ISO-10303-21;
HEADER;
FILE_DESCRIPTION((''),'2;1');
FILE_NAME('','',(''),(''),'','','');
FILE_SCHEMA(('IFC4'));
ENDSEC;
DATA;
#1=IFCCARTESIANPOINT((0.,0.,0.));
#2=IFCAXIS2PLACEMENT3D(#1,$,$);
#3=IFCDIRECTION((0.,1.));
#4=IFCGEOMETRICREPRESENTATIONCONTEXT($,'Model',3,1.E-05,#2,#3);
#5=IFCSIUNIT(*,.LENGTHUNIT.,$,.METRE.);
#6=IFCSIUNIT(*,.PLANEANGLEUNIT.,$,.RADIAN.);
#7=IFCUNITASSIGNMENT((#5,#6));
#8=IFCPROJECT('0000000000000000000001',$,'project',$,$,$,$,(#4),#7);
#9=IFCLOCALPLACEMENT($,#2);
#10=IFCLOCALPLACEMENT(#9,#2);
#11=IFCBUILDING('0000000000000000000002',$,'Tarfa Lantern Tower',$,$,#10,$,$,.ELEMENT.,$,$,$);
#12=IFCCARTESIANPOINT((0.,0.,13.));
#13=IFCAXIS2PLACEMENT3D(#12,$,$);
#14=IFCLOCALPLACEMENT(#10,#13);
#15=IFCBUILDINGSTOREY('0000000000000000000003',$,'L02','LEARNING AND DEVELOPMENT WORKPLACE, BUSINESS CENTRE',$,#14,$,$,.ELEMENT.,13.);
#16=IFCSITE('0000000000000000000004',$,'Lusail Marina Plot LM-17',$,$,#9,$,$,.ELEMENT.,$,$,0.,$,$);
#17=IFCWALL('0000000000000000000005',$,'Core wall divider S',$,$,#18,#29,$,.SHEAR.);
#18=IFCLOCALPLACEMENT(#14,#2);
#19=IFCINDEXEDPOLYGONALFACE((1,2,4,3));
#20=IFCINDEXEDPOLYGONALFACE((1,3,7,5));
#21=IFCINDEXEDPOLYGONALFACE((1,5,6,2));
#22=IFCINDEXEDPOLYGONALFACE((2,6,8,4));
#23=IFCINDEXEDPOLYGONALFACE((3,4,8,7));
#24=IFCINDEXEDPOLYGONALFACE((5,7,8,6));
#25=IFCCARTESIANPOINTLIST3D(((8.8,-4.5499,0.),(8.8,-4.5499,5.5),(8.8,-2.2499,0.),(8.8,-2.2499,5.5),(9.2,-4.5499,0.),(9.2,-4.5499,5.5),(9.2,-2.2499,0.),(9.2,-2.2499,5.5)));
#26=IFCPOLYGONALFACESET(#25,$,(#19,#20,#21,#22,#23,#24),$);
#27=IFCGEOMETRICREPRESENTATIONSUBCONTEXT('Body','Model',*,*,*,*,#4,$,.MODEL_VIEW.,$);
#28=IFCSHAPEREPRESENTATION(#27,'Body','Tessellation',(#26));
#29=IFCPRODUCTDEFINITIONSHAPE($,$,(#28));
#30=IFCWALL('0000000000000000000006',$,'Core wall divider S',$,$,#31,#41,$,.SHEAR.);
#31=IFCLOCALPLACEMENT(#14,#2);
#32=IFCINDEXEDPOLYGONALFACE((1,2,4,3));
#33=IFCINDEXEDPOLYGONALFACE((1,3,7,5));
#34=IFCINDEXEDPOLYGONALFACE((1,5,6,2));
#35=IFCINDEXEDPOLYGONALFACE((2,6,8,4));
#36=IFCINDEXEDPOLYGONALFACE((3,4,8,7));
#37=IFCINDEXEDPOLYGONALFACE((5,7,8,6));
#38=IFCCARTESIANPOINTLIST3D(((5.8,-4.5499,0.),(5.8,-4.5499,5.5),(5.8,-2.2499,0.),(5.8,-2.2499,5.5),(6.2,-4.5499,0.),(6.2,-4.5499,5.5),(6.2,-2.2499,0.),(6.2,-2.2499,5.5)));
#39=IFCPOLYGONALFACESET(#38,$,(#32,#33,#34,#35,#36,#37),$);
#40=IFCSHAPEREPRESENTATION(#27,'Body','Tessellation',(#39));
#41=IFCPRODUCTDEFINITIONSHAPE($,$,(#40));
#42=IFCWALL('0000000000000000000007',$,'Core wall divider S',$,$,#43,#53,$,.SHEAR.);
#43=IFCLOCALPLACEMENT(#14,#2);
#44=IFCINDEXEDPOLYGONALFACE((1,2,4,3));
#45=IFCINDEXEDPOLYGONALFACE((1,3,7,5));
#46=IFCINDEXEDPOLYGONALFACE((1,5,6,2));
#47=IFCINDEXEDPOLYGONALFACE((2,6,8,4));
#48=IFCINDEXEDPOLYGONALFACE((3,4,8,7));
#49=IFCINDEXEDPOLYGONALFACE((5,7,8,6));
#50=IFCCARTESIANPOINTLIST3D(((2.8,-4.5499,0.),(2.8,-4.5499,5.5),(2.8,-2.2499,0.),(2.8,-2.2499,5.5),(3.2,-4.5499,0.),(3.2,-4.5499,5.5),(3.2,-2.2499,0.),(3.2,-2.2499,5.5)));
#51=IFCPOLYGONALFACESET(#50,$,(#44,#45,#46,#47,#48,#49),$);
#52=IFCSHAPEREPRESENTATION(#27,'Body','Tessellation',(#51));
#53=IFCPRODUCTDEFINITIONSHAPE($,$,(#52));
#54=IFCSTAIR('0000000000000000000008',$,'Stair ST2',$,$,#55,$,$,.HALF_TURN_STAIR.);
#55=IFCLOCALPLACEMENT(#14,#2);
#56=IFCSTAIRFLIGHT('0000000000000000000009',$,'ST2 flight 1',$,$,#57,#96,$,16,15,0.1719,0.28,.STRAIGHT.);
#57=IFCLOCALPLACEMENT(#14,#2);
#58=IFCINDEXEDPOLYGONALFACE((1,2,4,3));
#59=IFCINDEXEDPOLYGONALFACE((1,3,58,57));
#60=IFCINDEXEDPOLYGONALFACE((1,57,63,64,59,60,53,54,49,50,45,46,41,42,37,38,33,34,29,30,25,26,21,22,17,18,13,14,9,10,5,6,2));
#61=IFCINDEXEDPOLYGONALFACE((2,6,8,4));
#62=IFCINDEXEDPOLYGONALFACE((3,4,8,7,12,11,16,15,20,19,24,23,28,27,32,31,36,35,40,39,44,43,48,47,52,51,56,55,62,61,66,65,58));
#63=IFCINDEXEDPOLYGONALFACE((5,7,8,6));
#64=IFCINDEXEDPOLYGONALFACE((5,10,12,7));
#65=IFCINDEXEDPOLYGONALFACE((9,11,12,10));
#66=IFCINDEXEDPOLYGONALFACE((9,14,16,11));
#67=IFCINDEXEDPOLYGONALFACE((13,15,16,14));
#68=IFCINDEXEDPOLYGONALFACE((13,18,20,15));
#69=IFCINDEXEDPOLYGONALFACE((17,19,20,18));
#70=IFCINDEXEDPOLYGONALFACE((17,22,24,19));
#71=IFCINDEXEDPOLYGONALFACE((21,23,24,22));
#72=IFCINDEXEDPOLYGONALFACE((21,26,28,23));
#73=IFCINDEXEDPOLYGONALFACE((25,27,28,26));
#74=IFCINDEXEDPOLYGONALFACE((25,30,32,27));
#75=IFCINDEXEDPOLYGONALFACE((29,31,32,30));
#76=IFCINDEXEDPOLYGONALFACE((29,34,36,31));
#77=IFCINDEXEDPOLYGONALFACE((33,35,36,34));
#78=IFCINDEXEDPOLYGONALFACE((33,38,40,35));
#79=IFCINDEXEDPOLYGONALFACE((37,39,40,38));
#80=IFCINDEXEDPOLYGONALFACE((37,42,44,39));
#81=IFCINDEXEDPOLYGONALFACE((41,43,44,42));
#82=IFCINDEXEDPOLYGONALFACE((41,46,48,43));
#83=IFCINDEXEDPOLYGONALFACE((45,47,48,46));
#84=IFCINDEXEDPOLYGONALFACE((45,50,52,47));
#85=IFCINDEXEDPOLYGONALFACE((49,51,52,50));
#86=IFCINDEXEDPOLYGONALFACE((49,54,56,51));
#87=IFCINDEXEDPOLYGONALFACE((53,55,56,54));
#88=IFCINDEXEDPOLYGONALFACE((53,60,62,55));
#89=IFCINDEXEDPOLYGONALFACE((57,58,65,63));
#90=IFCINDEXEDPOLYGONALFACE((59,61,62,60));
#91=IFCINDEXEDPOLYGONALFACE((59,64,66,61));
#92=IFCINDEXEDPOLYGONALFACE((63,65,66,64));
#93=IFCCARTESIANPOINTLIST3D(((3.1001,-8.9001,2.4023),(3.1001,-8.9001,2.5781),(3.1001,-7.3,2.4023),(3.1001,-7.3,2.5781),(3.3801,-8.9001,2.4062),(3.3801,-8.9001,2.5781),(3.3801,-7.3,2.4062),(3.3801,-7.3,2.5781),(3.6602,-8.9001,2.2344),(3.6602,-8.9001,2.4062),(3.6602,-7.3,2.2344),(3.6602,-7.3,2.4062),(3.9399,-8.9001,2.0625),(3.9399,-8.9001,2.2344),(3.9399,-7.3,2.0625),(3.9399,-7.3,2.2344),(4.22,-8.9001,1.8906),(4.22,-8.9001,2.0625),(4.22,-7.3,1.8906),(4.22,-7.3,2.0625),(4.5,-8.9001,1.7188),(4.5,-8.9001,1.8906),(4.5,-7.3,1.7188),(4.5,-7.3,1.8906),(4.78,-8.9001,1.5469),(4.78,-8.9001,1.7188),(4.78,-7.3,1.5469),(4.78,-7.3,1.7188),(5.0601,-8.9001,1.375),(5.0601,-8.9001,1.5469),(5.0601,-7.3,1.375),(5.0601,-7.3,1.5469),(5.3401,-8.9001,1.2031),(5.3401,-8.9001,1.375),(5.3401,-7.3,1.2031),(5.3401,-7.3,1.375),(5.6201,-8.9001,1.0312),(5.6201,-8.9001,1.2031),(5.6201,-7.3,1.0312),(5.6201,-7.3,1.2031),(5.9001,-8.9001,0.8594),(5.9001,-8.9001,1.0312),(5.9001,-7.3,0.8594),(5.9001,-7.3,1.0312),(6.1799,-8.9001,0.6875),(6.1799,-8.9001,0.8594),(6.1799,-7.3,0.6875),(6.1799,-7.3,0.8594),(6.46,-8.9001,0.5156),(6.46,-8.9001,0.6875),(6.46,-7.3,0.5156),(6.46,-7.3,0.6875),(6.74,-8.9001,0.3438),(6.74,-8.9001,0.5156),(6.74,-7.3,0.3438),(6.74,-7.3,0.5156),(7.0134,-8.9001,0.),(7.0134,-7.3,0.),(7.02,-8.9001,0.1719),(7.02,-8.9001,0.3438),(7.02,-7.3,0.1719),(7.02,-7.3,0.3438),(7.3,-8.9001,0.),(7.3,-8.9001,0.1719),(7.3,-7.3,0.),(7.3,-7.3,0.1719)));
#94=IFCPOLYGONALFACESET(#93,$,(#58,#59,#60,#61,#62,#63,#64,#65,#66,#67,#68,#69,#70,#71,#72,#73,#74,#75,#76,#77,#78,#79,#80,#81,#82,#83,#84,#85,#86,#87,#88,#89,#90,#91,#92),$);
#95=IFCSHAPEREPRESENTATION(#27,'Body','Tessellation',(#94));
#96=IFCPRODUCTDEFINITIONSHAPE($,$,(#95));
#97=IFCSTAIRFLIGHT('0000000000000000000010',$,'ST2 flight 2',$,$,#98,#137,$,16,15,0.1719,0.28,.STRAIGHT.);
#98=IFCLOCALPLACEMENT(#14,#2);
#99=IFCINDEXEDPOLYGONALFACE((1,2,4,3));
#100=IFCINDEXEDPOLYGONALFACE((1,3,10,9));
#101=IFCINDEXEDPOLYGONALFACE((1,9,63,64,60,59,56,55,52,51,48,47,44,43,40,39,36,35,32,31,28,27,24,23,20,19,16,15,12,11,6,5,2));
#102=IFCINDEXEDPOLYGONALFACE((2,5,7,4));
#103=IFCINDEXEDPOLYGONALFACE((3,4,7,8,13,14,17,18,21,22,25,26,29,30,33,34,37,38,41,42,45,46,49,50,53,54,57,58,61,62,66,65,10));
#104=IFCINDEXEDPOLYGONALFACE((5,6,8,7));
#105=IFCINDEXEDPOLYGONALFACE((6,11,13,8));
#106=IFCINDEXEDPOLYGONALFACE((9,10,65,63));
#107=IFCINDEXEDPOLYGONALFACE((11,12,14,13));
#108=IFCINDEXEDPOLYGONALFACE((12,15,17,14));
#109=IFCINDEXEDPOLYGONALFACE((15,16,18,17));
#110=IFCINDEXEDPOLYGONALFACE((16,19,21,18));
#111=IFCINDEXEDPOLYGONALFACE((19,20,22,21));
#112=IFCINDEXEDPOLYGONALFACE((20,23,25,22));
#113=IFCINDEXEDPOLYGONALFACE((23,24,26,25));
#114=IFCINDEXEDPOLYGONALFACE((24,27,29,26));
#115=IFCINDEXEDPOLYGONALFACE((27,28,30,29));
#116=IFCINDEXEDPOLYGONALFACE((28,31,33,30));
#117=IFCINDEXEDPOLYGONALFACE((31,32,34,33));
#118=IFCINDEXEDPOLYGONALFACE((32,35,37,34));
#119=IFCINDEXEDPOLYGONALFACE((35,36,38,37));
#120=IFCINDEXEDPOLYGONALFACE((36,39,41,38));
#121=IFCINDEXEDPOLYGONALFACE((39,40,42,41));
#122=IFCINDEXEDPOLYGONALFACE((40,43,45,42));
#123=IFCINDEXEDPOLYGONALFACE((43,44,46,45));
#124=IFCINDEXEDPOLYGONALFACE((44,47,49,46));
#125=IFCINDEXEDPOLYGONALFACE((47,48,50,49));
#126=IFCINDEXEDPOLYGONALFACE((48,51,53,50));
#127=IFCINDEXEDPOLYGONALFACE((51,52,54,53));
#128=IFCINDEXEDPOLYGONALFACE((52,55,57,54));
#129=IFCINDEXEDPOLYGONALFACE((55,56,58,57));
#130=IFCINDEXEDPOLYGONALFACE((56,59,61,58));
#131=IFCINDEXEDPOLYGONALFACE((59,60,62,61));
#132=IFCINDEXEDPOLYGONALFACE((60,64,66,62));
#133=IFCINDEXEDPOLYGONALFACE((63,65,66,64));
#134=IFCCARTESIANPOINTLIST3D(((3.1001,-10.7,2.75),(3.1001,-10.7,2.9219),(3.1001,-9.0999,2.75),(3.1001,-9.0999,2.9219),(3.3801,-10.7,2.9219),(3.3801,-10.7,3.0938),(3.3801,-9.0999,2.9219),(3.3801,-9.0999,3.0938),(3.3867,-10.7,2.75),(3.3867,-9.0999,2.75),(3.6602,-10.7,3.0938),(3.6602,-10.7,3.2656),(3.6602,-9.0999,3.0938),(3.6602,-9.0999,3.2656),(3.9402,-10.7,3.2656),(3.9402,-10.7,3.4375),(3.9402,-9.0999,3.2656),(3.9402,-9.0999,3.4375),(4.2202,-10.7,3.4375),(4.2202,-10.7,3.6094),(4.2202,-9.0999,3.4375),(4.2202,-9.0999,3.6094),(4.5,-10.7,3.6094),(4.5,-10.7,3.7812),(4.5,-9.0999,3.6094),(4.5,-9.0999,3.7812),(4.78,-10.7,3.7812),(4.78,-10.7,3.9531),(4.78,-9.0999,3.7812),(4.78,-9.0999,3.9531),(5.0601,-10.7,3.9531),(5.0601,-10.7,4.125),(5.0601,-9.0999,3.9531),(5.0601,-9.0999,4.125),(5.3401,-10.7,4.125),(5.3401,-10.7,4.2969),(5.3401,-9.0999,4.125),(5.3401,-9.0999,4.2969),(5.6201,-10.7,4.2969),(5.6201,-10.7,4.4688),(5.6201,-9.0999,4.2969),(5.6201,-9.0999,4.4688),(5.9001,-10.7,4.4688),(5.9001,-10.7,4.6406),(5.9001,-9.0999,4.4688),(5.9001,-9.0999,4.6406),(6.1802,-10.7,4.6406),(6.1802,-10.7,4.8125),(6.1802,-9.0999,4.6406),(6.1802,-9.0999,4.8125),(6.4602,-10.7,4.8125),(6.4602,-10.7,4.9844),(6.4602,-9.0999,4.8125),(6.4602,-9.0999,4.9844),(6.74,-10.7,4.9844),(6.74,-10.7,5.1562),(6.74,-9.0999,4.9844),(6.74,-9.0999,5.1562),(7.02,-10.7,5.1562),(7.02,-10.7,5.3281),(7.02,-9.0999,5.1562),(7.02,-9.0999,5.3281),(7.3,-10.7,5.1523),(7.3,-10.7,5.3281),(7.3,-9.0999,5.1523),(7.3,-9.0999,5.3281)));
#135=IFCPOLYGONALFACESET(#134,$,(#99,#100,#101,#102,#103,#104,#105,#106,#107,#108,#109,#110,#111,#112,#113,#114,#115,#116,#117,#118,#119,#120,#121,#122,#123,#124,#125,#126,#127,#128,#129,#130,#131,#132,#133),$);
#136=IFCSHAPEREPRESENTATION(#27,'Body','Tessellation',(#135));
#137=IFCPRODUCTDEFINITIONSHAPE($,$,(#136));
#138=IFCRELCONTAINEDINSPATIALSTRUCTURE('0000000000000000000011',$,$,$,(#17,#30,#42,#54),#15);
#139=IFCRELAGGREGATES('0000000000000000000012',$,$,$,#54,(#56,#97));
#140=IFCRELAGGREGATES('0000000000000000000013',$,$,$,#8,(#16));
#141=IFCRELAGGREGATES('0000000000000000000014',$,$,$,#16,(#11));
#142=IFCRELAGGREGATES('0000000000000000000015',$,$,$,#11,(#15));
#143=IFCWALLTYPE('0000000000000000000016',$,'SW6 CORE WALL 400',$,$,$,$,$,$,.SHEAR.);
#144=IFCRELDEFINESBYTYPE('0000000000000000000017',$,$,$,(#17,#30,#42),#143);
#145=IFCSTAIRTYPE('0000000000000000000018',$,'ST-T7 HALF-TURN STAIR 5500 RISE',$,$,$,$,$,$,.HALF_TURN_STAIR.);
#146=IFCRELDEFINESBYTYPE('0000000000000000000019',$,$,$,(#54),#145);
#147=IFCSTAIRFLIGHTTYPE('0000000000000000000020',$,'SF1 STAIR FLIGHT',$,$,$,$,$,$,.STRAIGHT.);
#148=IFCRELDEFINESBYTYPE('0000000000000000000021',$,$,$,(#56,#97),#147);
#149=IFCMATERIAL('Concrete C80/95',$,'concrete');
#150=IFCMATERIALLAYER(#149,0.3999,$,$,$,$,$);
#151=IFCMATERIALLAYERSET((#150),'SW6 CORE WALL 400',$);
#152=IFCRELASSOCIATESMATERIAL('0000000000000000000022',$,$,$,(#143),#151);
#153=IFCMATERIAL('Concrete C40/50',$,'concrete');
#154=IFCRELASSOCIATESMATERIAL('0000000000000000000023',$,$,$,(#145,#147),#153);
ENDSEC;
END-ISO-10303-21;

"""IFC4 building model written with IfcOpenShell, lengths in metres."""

from ifc_helpers import new_model, si_unit, direction, frame, frame_2d, origin, place, context, subcontext, project, spatial, polyline, rectangle, outline, extrude, material, layer, layer_set, type_object, element, aggregate, save


model = new_model("IFC4")

# Units and contexts
model_context = context("Model", 3, precision=1e-05, world=origin(), true_north=direction((0.0, 1.0)))
body_context = subcontext(model_context, "Body", "Model", "MODEL_VIEW")
ifc_project = project(units=[si_unit("LENGTHUNIT", "METRE"), si_unit("PLANEANGLEUNIT", "RADIAN")], contexts=[model_context])

# Site, building, storey
site_placement = place(None, origin())
site = spatial("IfcSite", under=ifc_project, at=site_placement, Name="Lusail Marina Plot LM-17", CompositionType="ELEMENT", RefElevation=0.0)
building_placement = place(site_placement, origin())
building = spatial("IfcBuilding", under=site, at=building_placement, Name="Tarfa Lantern Tower", CompositionType="ELEMENT")
storey_placement = place(building_placement, frame((0.0, 0.0, 13.0)))
storey = spatial("IfcBuildingStorey", under=building, at=storey_placement, Name="L02", Description="LEARNING AND DEVELOPMENT WORKPLACE, BUSINESS CENTRE", CompositionType="ELEMENT", Elevation=13.0)

# Shared definitions
ifc_material_1 = material(Name="Concrete C80/95", Category="concrete")

# Walls
ifc_layer_1 = layer(ifc_material_1, 0.3999)
ifc_layer_set_1 = layer_set([ifc_layer_1], Name="SW6 CORE WALL 400")
wall_type_1 = type_object("IfcWallType", Name="SW6 CORE WALL 400", PredefinedType="SHEAR", material=ifc_layer_set_1)
for number, where, z_axis, x_axis, name in (
    (1, (9.0, -2.25, 0.0), (0.0, 0.0, 1.0), (0.0, -1.0, 0.0), "Core wall divider S"),
    (2, (6.0, -2.25, 0.0), (0.0, 0.0, 1.0), (0.0, -1.0, 0.0), "Core wall divider S"),
    (3, (3.0, -2.25, 0.0), (0.0, 0.0, 1.0), (0.0, -1.0, 0.0), "Core wall divider S"),
):
    element("IfcWall", number, at=place(storey_placement, frame(where, z_axis=z_axis, x_axis=x_axis)), inside=storey, type_object=wall_type_1, Name=name, PredefinedType="SHEAR", context=body_context, shape_type="SweptSolid", body=[
        extrude(rectangle(XDim=2.3, YDim=0.3999, at=frame_2d((1.1499, 0.0))), origin(), (0.0, 0.0, 1.0), 5.5),
    ])

# Stair, stair flights
ifc_material_2 = material(Name="Concrete C40/50", Category="concrete")
stair_type = type_object("IfcStairType", Name="ST-T7 HALF-TURN STAIR 5500 RISE", PredefinedType="HALF_TURN_STAIR", material=ifc_material_2)
stair_placement = place(storey_placement, origin())
stair = element("IfcStair", 4, at=stair_placement, inside=storey, type_object=stair_type, Name="Stair ST2", PredefinedType="HALF_TURN_STAIR")
stair_flight_type = type_object("IfcStairFlightType", Name="SF1 STAIR FLIGHT", PredefinedType="STRAIGHT", material=ifc_material_2)
stair_flight_1_placement = place(storey_placement, frame((7.3, -8.1001, 0.0), z_axis=(0.0, 0.0, 1.0), x_axis=(-1.0, 0.0, 0.0)))
stair_flight_1 = element("IfcStairFlight", 5, at=stair_flight_1_placement, type_object=stair_flight_type, Name="ST2 flight 1", NumberOfRisers=16, NumberOfTreads=15, PredefinedType="STRAIGHT", RiserHeight=0.1719, TreadLength=0.28, context=body_context, shape_type="SweptSolid", body=[
    extrude(outline(polyline([(0.0, 0.0), (0.0, 0.1719), (0.28, 0.1719), (0.28, 0.3438), (0.5601, 0.3438), (0.5601, 0.5156), (0.8401, 0.5156), (0.8401, 0.6875), (1.1201, 0.6875), (1.1201, 0.8594), (1.3999, 0.8594), (1.3999, 1.0312), (1.6799, 1.0312), (1.6799, 1.2031), (1.96, 1.2031), (1.96, 1.375), (2.24, 1.375), (2.24, 1.5469), (2.52, 1.5469), (2.52, 1.7188), (2.8, 1.7188), (2.8, 1.8906), (3.0801, 1.8906), (3.0801, 2.0625), (3.3601, 2.0625), (3.3601, 2.2344), (3.6399, 2.2344), (3.6399, 2.4062), (3.9199, 2.4062), (3.9199, 2.5781), (4.2, 2.5781), (4.2, 2.75), (4.2, 2.4023), (0.2866, 0.0), (0.0, 0.0)])), frame((0.0, 0.8, 0.0), z_axis=(0.0, -1.0, 0.0), x_axis=(1.0, 0.0, 0.0)), (0.0, 0.0, 1.0), 1.6001),
])
stair_flight_2_placement = place(storey_placement, frame((3.1001, -9.8999, 2.75), z_axis=(0.0, 0.0, 1.0), x_axis=(1.0, 0.0, 0.0)))
stair_flight_2 = element("IfcStairFlight", 6, at=stair_flight_2_placement, type_object=stair_flight_type, Name="ST2 flight 2", NumberOfRisers=16, NumberOfTreads=15, PredefinedType="STRAIGHT", RiserHeight=0.1719, TreadLength=0.28, context=body_context, shape_type="SweptSolid", body=[
    extrude(outline(polyline([(0.0, 0.0), (0.0, 0.1719), (0.28, 0.1719), (0.28, 0.3438), (0.5601, 0.3438), (0.5601, 0.5156), (0.8401, 0.5156), (0.8401, 0.6875), (1.1201, 0.6875), (1.1201, 0.8594), (1.3999, 0.8594), (1.3999, 1.0312), (1.6799, 1.0312), (1.6799, 1.2031), (1.96, 1.2031), (1.96, 1.375), (2.24, 1.375), (2.24, 1.5469), (2.52, 1.5469), (2.52, 1.7188), (2.8, 1.7188), (2.8, 1.8906), (3.0801, 1.8906), (3.0801, 2.0625), (3.3601, 2.0625), (3.3601, 2.2344), (3.6399, 2.2344), (3.6399, 2.4062), (3.9199, 2.4062), (3.9199, 2.5781), (4.2, 2.5781), (4.2, 2.75), (4.2, 2.4023), (0.2866, 0.0), (0.0, 0.0)])), frame((0.0, 0.8, 0.0), z_axis=(0.0, -1.0, 0.0), x_axis=(1.0, 0.0, 0.0)), (0.0, 0.0, 1.0), 1.6001),
])
aggregate(stair, [stair_flight_1, stair_flight_2])

save(model, "model.ifc")
